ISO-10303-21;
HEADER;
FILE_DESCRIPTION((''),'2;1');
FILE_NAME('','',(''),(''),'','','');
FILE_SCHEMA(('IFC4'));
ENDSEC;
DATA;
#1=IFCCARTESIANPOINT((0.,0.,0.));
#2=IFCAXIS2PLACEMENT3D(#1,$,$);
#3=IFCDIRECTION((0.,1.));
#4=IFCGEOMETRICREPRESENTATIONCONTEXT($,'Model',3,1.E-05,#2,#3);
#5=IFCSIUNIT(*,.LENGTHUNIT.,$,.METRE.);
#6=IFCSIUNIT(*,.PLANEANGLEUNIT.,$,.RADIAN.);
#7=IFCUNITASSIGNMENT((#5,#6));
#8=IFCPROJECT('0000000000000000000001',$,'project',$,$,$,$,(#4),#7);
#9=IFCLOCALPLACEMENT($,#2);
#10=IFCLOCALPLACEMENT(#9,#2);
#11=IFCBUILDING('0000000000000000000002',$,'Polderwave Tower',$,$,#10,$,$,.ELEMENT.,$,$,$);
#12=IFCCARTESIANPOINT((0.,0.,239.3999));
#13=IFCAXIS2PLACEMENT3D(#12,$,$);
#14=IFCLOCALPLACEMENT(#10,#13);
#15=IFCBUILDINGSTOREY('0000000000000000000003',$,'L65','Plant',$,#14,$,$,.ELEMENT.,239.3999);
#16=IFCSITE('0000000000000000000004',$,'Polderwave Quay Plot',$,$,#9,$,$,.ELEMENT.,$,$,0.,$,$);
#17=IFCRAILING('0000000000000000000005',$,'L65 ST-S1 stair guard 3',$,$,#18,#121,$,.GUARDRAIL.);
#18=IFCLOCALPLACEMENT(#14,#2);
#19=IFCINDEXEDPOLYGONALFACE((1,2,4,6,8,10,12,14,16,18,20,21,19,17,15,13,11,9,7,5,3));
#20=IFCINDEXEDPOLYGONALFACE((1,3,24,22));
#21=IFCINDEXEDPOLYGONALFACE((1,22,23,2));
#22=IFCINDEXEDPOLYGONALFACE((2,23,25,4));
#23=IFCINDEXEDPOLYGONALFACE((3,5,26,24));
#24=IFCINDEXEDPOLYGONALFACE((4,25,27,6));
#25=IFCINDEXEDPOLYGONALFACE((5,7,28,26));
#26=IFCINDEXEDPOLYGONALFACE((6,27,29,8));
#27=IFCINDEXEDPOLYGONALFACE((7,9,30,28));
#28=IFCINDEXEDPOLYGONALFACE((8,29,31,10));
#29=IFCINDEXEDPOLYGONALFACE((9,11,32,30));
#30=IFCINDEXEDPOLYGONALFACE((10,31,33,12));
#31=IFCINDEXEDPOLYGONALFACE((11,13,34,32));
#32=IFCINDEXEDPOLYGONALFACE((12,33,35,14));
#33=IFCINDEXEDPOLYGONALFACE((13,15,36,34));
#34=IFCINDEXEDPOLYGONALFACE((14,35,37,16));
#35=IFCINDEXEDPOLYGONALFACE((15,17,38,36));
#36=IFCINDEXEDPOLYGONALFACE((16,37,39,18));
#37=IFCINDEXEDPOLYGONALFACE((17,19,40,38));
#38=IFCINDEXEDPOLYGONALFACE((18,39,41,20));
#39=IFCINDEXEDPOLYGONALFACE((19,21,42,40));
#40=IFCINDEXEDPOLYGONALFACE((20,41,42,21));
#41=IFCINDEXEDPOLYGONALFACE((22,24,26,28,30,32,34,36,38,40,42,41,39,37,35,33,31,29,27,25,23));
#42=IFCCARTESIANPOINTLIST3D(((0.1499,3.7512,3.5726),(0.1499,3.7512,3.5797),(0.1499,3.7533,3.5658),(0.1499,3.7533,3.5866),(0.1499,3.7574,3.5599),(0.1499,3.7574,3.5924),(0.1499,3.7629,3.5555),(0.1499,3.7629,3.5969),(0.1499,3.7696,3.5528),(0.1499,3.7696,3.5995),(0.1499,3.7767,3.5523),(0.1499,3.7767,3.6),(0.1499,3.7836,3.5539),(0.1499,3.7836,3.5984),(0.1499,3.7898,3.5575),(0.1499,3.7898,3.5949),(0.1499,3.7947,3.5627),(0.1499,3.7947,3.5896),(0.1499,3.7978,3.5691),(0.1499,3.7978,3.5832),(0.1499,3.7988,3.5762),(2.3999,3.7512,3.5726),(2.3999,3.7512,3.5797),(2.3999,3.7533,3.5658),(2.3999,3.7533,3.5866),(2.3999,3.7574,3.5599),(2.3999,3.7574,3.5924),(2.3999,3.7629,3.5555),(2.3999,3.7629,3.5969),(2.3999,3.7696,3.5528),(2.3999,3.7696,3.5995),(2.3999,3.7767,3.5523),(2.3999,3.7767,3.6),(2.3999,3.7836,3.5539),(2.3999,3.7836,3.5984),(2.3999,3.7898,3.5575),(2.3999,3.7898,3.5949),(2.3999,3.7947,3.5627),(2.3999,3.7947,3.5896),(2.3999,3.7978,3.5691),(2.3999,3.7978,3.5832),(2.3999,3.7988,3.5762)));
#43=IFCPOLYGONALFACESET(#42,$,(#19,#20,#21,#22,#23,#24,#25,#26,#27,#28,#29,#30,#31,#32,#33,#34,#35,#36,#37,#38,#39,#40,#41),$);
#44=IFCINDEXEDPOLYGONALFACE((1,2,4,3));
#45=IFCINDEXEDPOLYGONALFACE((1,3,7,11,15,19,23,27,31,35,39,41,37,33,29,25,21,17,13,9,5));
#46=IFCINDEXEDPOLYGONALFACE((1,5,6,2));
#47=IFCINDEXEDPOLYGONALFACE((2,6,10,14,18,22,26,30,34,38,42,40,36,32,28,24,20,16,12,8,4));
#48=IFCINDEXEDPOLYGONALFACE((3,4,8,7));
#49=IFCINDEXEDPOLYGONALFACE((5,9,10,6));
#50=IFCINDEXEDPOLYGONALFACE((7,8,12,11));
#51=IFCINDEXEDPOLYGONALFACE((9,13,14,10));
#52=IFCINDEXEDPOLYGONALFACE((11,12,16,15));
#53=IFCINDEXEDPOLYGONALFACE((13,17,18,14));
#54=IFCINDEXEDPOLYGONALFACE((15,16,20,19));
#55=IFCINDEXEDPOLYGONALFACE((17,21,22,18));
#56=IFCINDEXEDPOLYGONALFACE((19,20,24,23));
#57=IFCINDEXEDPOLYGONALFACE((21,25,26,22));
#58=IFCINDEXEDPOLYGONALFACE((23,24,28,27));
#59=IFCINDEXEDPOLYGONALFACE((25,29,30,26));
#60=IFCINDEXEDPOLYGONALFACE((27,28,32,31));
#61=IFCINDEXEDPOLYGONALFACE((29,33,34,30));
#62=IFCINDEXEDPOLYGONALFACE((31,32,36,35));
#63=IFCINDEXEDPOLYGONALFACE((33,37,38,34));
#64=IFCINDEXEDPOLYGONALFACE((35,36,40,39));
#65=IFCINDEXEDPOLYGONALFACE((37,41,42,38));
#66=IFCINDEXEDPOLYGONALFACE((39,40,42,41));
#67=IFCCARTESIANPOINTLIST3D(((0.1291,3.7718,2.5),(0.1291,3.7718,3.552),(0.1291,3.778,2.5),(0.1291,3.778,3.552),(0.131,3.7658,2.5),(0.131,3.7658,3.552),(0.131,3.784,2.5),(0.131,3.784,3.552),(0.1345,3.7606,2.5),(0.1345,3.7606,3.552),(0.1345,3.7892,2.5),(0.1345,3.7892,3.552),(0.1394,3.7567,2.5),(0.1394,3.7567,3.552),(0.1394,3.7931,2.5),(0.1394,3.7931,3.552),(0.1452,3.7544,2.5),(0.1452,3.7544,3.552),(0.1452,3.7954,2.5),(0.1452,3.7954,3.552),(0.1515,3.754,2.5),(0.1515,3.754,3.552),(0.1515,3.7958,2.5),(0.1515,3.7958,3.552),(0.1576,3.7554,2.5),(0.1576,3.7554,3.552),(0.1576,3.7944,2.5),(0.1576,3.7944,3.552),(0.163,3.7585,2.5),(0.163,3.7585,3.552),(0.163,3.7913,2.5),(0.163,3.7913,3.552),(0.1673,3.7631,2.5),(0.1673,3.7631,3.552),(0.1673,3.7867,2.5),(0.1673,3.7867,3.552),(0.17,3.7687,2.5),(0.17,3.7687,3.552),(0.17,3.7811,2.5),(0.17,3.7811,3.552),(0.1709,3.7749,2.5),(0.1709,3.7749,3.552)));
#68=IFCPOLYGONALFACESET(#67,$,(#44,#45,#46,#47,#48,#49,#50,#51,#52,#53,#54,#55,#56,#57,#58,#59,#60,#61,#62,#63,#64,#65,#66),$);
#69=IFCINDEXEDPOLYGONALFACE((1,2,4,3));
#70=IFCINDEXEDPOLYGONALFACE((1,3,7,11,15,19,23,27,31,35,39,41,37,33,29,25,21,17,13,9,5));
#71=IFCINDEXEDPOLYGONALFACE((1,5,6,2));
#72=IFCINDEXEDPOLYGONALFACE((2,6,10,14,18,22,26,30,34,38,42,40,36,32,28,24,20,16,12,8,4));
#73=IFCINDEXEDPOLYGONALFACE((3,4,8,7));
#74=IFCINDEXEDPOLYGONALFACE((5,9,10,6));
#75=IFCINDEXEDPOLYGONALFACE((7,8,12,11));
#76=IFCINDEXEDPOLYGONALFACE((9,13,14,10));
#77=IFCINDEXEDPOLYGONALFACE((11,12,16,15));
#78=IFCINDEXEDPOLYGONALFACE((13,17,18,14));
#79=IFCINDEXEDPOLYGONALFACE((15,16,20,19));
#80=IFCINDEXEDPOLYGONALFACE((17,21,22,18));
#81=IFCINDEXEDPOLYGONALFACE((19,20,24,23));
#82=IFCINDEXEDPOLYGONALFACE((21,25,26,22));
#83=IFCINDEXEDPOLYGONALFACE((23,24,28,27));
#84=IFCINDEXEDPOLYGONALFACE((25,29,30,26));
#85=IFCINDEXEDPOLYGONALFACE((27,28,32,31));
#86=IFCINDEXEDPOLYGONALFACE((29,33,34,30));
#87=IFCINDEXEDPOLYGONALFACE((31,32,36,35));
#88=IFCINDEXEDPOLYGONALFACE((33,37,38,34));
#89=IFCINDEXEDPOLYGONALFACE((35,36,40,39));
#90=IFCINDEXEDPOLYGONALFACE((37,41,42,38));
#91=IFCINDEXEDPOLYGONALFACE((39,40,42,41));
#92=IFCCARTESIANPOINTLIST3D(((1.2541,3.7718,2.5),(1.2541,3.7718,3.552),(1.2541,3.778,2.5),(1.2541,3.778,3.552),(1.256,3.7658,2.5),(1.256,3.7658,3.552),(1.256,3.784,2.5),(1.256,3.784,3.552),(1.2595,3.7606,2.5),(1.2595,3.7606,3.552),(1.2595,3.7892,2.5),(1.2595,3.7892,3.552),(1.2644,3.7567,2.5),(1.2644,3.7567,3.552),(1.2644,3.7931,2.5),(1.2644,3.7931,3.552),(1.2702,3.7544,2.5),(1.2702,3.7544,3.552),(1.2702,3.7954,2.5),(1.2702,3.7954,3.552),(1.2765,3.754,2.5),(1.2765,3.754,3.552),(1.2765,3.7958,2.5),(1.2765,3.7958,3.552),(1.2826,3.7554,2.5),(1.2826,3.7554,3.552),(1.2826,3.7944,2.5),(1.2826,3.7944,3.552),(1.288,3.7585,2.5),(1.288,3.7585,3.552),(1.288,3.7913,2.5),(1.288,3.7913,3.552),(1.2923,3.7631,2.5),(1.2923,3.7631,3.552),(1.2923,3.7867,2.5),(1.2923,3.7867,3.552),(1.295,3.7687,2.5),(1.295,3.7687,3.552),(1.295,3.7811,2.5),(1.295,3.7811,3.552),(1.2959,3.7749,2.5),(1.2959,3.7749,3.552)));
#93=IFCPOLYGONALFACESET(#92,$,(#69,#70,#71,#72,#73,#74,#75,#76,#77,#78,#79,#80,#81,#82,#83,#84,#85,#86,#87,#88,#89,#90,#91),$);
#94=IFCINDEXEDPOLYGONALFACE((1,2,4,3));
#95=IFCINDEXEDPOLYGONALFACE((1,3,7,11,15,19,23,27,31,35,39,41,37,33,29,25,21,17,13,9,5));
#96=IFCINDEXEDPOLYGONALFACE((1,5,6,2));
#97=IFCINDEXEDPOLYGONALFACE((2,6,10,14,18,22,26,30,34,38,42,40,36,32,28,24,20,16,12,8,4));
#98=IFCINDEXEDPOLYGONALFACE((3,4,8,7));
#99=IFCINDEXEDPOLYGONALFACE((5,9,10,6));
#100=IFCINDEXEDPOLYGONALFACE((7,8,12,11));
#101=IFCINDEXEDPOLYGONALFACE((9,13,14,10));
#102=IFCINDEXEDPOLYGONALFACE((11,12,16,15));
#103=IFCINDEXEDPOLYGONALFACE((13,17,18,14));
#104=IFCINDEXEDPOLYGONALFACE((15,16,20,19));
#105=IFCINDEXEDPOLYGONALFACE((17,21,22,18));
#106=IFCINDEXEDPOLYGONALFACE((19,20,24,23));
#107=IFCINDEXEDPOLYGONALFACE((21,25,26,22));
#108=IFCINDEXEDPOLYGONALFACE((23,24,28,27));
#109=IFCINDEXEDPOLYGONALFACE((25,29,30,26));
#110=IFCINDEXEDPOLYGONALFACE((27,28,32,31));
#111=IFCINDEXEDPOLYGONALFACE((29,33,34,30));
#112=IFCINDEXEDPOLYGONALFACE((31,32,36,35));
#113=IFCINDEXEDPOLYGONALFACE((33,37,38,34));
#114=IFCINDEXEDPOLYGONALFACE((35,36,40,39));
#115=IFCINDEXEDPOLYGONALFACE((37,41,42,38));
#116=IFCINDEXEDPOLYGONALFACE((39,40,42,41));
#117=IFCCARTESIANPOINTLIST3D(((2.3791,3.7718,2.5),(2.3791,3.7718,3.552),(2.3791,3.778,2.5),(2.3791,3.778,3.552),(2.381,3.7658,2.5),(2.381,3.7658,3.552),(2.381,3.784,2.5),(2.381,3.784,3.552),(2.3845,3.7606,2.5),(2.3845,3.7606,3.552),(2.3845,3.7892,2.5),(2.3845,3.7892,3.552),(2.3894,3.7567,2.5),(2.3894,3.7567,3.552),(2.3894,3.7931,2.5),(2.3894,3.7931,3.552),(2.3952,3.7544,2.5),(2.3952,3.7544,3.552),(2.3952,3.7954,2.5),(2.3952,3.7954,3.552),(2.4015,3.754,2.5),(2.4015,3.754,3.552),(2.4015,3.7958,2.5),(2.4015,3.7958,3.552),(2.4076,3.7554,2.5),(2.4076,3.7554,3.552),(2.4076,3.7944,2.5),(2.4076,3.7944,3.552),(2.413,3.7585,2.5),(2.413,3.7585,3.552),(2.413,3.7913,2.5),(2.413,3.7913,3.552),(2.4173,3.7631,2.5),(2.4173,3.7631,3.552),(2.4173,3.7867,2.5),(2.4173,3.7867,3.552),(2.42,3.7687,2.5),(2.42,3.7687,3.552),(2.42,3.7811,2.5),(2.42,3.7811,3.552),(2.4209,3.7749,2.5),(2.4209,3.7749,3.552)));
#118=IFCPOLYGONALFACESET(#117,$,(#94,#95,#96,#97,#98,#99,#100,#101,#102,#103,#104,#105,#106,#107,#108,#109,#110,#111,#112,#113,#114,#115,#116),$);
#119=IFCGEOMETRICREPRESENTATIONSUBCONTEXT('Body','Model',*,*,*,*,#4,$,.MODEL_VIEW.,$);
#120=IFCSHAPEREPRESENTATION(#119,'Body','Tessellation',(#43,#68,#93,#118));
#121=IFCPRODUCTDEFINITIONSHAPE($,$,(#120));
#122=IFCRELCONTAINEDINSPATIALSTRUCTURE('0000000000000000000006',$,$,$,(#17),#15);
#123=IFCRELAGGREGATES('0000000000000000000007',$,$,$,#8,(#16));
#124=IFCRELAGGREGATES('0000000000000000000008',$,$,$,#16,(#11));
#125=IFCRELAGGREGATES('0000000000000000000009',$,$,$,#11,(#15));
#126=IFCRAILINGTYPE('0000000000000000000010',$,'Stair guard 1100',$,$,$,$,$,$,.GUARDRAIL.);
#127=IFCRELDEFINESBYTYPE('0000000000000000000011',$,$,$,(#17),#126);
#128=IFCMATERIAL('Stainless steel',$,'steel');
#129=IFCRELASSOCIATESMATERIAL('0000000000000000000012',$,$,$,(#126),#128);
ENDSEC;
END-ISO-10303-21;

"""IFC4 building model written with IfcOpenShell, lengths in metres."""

from ifc_helpers import new_model, si_unit, direction, frame, origin, origin_2d, place, context, subcontext, project, spatial, circle, extrude, material, type_object, element, save


model = new_model("IFC4")

# Units and contexts
model_context = context("Model", 3, precision=1e-05, world=origin(), true_north=direction((0.0, 1.0)))
body_context = subcontext(model_context, "Body", "Model", "MODEL_VIEW")
ifc_project = project(units=[si_unit("LENGTHUNIT", "METRE"), si_unit("PLANEANGLEUNIT", "RADIAN")], contexts=[model_context])

# Site, building, storey
site_placement = place(None, origin())
site = spatial("IfcSite", under=ifc_project, at=site_placement, Name="Polderwave Quay Plot", CompositionType="ELEMENT", RefElevation=0.0)
building_placement = place(site_placement, origin())
building = spatial("IfcBuilding", under=site, at=building_placement, Name="Polderwave Tower", CompositionType="ELEMENT")
storey_placement = place(building_placement, frame((0.0, 0.0, 239.3999)))
storey = spatial("IfcBuildingStorey", under=building, at=storey_placement, Name="L65", Description="Plant", CompositionType="ELEMENT", Elevation=239.3999)

# Railing
ifc_material_1 = material(Name="Stainless steel", Category="steel")
railing_type_1 = type_object("IfcRailingType", Name="Stair guard 1100", PredefinedType="GUARDRAIL", material=ifc_material_1)
railing_1_placement = place(storey_placement, frame((0.1499, 3.7749, 2.5)))
element("IfcRailing", 1, at=railing_1_placement, inside=storey, type_object=railing_type_1, Name="L65 ST-S1 stair guard 3", PredefinedType="GUARDRAIL", context=body_context, shape_type="SweptSolid", body=[
    extrude(circle(Radius=0.0239, at=origin_2d()), frame((0.0, 0.0, 1.0762), z_axis=(1.0, 0.0, 0.0), x_axis=(0.0, 1.0, 0.0)), (0.0, 0.0, 1.0), 2.25),
    extrude(circle(Radius=0.021, at=origin_2d()), origin(), (0.0, 0.0, 1.0), 1.052),
    extrude(circle(Radius=0.021, at=origin_2d()), frame((1.125, 0.0, 0.0)), (0.0, 0.0, 1.0), 1.052),
    extrude(circle(Radius=0.021, at=origin_2d()), frame((2.25, 0.0, 0.0)), (0.0, 0.0, 1.0), 1.052),
])

save(model, "model.ifc")
